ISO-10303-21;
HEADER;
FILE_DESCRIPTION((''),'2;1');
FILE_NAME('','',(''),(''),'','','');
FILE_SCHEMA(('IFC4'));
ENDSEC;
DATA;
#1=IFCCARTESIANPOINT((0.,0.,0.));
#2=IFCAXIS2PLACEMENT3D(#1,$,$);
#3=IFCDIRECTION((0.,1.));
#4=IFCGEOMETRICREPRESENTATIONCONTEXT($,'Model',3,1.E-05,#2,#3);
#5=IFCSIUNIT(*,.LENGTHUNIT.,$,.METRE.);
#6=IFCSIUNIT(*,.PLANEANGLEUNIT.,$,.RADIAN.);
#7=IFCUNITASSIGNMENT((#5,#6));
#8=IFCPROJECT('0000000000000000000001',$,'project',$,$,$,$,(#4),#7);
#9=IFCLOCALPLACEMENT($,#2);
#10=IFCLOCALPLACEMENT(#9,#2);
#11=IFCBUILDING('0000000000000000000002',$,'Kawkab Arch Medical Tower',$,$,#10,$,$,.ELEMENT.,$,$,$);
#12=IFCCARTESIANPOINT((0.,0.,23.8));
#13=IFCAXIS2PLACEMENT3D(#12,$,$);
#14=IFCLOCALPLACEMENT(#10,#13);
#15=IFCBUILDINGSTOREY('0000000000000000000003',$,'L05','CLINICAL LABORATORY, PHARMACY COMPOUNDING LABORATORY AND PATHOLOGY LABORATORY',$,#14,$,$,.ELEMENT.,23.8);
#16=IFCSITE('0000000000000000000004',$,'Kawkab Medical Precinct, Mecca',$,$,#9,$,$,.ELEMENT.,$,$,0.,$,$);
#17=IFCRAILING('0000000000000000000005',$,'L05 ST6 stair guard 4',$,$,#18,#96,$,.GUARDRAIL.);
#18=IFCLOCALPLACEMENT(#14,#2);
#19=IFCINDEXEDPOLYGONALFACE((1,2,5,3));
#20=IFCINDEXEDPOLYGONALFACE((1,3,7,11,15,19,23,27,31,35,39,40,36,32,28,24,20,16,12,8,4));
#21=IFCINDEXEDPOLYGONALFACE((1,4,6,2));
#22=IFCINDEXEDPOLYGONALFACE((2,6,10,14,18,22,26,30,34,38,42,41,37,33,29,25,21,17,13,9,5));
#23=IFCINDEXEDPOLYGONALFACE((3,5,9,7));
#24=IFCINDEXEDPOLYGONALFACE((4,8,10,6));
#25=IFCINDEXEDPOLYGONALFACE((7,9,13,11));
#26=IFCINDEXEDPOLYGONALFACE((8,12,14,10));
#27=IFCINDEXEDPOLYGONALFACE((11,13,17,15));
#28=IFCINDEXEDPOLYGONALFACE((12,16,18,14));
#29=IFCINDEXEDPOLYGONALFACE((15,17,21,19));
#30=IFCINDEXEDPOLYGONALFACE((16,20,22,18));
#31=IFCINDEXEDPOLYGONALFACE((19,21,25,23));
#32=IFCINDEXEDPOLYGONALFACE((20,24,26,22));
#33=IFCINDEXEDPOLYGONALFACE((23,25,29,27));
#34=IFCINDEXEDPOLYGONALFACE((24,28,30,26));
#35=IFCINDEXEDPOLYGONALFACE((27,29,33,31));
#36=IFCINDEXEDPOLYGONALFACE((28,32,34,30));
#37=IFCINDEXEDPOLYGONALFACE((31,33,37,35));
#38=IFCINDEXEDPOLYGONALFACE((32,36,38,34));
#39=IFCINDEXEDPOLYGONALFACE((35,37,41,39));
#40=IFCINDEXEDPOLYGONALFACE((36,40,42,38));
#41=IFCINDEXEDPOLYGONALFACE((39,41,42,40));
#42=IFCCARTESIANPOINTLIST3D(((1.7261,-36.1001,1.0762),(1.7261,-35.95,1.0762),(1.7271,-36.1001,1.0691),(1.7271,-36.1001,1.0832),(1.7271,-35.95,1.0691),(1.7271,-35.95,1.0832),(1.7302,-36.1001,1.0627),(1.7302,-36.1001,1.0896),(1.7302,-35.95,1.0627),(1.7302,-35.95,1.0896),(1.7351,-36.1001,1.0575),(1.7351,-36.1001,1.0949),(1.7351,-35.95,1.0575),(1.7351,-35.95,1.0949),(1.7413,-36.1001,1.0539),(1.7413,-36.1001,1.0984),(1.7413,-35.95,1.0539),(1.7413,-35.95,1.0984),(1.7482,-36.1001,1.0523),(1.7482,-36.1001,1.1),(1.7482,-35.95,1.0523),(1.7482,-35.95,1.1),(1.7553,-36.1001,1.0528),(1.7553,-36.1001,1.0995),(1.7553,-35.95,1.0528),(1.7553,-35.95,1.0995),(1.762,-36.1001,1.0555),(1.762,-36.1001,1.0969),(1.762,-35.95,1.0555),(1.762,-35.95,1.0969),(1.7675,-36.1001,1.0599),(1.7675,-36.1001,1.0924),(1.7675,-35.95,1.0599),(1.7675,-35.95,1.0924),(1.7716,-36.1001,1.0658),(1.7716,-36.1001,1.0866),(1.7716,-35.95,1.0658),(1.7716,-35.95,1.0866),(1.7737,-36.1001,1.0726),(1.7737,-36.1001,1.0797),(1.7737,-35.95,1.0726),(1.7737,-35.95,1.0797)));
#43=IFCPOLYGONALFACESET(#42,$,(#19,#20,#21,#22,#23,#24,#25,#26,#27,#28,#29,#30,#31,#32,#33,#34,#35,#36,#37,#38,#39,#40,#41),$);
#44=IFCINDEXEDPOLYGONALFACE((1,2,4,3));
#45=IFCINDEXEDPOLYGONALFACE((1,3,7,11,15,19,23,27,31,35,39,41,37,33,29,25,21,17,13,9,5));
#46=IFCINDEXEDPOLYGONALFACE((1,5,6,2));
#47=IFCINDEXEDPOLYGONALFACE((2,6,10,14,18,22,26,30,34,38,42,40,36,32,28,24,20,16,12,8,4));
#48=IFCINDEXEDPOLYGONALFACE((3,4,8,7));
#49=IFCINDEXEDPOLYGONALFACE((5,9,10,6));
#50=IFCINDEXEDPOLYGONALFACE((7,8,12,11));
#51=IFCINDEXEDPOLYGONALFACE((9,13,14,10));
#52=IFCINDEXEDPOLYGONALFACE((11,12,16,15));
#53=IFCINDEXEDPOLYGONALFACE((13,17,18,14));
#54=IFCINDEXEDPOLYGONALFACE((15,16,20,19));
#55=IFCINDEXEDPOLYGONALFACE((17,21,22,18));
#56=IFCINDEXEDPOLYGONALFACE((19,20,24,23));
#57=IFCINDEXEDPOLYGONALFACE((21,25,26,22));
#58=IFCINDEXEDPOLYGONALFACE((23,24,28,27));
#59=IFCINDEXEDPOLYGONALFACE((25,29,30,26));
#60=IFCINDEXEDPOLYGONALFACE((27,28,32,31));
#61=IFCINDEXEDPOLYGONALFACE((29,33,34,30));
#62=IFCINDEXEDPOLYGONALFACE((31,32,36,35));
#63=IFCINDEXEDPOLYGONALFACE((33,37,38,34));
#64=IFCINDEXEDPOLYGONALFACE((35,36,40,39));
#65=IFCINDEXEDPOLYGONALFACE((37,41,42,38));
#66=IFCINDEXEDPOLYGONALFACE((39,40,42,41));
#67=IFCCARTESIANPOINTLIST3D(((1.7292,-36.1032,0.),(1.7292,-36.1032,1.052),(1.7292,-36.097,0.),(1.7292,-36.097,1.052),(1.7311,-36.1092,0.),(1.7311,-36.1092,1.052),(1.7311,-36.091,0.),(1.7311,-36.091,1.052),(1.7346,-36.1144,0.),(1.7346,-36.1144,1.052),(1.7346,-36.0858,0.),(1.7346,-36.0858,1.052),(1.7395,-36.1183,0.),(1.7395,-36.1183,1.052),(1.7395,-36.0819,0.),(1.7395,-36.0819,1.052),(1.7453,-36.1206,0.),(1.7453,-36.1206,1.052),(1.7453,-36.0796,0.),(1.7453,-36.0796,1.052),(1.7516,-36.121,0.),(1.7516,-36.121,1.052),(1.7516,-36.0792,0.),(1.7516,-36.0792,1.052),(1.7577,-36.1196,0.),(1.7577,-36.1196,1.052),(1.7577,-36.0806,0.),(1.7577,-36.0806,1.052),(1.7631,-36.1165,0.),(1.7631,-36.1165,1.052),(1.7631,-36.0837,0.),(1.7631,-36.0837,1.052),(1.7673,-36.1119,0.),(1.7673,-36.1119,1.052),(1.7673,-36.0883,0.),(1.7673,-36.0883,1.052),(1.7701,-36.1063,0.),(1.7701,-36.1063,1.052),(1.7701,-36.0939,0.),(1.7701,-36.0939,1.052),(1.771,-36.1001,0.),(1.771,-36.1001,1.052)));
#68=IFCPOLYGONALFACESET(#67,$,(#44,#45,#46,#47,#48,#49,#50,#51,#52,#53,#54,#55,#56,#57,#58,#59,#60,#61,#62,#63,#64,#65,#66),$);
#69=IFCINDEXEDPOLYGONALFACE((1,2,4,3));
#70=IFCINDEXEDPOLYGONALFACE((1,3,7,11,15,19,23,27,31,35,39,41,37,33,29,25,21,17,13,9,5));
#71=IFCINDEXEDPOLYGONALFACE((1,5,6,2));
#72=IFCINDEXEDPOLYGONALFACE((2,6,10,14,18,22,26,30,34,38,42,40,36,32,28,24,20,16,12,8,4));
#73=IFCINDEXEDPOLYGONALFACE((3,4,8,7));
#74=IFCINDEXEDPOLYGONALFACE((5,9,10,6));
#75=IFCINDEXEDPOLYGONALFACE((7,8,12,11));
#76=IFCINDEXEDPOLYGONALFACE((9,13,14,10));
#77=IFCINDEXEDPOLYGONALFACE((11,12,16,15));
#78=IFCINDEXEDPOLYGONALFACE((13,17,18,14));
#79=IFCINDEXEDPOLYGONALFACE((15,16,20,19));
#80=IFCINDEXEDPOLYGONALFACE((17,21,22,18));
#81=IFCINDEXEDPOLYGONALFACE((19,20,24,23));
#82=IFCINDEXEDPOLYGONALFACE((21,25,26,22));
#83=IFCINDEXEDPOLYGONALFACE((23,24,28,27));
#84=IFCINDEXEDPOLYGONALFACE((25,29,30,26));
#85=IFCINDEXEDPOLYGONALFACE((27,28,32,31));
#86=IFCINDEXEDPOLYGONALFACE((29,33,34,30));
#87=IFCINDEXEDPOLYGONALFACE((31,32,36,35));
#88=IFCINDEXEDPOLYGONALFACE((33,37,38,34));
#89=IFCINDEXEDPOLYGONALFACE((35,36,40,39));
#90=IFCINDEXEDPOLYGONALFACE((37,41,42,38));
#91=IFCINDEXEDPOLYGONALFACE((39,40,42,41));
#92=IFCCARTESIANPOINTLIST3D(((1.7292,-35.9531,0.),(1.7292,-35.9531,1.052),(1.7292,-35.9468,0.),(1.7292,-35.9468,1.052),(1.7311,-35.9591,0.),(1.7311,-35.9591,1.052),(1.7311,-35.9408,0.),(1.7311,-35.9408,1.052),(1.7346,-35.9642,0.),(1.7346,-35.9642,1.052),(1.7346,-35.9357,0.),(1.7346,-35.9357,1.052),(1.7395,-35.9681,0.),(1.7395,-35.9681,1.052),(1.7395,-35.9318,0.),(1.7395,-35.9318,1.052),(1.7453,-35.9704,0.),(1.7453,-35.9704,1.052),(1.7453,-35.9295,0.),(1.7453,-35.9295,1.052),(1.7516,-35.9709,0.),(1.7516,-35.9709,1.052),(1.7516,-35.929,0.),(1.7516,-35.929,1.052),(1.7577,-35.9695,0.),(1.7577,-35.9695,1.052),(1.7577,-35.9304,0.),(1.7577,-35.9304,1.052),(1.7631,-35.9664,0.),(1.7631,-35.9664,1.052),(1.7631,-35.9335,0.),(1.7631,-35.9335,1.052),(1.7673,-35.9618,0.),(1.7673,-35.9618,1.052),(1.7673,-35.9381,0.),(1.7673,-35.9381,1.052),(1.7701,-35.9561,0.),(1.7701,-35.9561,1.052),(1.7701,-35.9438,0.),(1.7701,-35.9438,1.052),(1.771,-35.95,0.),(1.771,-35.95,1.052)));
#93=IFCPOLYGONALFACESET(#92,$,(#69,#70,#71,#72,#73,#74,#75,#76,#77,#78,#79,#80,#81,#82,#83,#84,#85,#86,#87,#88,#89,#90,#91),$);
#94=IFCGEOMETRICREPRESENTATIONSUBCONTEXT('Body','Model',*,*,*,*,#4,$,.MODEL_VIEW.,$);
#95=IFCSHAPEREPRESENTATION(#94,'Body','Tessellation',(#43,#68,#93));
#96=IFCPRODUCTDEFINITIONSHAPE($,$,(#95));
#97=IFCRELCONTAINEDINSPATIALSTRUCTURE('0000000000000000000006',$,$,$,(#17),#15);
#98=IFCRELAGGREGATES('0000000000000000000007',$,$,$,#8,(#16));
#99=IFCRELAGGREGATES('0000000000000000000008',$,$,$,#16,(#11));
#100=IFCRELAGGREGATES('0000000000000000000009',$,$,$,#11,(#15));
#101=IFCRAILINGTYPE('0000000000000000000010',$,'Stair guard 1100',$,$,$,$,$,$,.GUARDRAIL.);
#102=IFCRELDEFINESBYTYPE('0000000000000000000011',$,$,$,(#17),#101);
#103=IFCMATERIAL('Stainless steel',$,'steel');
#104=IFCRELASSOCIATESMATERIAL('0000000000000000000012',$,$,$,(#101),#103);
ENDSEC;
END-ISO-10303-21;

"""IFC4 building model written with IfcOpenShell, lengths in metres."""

from ifc_helpers import new_model, si_unit, direction, frame, origin, origin_2d, place, context, subcontext, project, spatial, circle, extrude, material, type_object, element, save


model = new_model("IFC4")

# Units and contexts
model_context = context("Model", 3, precision=1e-05, world=origin(), true_north=direction((0.0, 1.0)))
body_context = subcontext(model_context, "Body", "Model", "MODEL_VIEW")
ifc_project = project(units=[si_unit("LENGTHUNIT", "METRE"), si_unit("PLANEANGLEUNIT", "RADIAN")], contexts=[model_context])

# Site, building, storey
site_placement = place(None, origin())
site = spatial("IfcSite", under=ifc_project, at=site_placement, Name="Kawkab Medical Precinct, Mecca", CompositionType="ELEMENT", RefElevation=0.0)
building_placement = place(site_placement, origin())
building = spatial("IfcBuilding", under=site, at=building_placement, Name="Kawkab Arch Medical Tower", CompositionType="ELEMENT")
storey_placement = place(building_placement, frame((0.0, 0.0, 23.8)))
storey = spatial("IfcBuildingStorey", under=building, at=storey_placement, Name="L05", Description="CLINICAL LABORATORY, PHARMACY COMPOUNDING LABORATORY AND PATHOLOGY LABORATORY", CompositionType="ELEMENT", Elevation=23.8)

# Railing
ifc_material_1 = material(Name="Stainless steel", Category="steel")
railing_type = type_object("IfcRailingType", Name="Stair guard 1100", PredefinedType="GUARDRAIL", material=ifc_material_1)
railing_1_placement = place(storey_placement, frame((1.75, -36.1001, 0.0)))
element("IfcRailing", 1, at=railing_1_placement, inside=storey, type_object=railing_type, Name="L05 ST6 stair guard 4", PredefinedType="GUARDRAIL", context=body_context, shape_type="SweptSolid", body=[
    extrude(circle(Radius=0.0239, at=origin_2d()), frame((0.0, 0.0, 1.0762), z_axis=(0.0, 1.0, 0.0), x_axis=(-1.0, 0.0, 0.0)), (0.0, 0.0, 1.0), 0.1501),
    extrude(circle(Radius=0.021, at=origin_2d()), origin(), (0.0, 0.0, 1.0), 1.052),
    extrude(circle(Radius=0.021, at=origin_2d()), frame((0.0, 0.1501, 0.0)), (0.0, 0.0, 1.0), 1.052),
])

save(model, "model.ifc")
